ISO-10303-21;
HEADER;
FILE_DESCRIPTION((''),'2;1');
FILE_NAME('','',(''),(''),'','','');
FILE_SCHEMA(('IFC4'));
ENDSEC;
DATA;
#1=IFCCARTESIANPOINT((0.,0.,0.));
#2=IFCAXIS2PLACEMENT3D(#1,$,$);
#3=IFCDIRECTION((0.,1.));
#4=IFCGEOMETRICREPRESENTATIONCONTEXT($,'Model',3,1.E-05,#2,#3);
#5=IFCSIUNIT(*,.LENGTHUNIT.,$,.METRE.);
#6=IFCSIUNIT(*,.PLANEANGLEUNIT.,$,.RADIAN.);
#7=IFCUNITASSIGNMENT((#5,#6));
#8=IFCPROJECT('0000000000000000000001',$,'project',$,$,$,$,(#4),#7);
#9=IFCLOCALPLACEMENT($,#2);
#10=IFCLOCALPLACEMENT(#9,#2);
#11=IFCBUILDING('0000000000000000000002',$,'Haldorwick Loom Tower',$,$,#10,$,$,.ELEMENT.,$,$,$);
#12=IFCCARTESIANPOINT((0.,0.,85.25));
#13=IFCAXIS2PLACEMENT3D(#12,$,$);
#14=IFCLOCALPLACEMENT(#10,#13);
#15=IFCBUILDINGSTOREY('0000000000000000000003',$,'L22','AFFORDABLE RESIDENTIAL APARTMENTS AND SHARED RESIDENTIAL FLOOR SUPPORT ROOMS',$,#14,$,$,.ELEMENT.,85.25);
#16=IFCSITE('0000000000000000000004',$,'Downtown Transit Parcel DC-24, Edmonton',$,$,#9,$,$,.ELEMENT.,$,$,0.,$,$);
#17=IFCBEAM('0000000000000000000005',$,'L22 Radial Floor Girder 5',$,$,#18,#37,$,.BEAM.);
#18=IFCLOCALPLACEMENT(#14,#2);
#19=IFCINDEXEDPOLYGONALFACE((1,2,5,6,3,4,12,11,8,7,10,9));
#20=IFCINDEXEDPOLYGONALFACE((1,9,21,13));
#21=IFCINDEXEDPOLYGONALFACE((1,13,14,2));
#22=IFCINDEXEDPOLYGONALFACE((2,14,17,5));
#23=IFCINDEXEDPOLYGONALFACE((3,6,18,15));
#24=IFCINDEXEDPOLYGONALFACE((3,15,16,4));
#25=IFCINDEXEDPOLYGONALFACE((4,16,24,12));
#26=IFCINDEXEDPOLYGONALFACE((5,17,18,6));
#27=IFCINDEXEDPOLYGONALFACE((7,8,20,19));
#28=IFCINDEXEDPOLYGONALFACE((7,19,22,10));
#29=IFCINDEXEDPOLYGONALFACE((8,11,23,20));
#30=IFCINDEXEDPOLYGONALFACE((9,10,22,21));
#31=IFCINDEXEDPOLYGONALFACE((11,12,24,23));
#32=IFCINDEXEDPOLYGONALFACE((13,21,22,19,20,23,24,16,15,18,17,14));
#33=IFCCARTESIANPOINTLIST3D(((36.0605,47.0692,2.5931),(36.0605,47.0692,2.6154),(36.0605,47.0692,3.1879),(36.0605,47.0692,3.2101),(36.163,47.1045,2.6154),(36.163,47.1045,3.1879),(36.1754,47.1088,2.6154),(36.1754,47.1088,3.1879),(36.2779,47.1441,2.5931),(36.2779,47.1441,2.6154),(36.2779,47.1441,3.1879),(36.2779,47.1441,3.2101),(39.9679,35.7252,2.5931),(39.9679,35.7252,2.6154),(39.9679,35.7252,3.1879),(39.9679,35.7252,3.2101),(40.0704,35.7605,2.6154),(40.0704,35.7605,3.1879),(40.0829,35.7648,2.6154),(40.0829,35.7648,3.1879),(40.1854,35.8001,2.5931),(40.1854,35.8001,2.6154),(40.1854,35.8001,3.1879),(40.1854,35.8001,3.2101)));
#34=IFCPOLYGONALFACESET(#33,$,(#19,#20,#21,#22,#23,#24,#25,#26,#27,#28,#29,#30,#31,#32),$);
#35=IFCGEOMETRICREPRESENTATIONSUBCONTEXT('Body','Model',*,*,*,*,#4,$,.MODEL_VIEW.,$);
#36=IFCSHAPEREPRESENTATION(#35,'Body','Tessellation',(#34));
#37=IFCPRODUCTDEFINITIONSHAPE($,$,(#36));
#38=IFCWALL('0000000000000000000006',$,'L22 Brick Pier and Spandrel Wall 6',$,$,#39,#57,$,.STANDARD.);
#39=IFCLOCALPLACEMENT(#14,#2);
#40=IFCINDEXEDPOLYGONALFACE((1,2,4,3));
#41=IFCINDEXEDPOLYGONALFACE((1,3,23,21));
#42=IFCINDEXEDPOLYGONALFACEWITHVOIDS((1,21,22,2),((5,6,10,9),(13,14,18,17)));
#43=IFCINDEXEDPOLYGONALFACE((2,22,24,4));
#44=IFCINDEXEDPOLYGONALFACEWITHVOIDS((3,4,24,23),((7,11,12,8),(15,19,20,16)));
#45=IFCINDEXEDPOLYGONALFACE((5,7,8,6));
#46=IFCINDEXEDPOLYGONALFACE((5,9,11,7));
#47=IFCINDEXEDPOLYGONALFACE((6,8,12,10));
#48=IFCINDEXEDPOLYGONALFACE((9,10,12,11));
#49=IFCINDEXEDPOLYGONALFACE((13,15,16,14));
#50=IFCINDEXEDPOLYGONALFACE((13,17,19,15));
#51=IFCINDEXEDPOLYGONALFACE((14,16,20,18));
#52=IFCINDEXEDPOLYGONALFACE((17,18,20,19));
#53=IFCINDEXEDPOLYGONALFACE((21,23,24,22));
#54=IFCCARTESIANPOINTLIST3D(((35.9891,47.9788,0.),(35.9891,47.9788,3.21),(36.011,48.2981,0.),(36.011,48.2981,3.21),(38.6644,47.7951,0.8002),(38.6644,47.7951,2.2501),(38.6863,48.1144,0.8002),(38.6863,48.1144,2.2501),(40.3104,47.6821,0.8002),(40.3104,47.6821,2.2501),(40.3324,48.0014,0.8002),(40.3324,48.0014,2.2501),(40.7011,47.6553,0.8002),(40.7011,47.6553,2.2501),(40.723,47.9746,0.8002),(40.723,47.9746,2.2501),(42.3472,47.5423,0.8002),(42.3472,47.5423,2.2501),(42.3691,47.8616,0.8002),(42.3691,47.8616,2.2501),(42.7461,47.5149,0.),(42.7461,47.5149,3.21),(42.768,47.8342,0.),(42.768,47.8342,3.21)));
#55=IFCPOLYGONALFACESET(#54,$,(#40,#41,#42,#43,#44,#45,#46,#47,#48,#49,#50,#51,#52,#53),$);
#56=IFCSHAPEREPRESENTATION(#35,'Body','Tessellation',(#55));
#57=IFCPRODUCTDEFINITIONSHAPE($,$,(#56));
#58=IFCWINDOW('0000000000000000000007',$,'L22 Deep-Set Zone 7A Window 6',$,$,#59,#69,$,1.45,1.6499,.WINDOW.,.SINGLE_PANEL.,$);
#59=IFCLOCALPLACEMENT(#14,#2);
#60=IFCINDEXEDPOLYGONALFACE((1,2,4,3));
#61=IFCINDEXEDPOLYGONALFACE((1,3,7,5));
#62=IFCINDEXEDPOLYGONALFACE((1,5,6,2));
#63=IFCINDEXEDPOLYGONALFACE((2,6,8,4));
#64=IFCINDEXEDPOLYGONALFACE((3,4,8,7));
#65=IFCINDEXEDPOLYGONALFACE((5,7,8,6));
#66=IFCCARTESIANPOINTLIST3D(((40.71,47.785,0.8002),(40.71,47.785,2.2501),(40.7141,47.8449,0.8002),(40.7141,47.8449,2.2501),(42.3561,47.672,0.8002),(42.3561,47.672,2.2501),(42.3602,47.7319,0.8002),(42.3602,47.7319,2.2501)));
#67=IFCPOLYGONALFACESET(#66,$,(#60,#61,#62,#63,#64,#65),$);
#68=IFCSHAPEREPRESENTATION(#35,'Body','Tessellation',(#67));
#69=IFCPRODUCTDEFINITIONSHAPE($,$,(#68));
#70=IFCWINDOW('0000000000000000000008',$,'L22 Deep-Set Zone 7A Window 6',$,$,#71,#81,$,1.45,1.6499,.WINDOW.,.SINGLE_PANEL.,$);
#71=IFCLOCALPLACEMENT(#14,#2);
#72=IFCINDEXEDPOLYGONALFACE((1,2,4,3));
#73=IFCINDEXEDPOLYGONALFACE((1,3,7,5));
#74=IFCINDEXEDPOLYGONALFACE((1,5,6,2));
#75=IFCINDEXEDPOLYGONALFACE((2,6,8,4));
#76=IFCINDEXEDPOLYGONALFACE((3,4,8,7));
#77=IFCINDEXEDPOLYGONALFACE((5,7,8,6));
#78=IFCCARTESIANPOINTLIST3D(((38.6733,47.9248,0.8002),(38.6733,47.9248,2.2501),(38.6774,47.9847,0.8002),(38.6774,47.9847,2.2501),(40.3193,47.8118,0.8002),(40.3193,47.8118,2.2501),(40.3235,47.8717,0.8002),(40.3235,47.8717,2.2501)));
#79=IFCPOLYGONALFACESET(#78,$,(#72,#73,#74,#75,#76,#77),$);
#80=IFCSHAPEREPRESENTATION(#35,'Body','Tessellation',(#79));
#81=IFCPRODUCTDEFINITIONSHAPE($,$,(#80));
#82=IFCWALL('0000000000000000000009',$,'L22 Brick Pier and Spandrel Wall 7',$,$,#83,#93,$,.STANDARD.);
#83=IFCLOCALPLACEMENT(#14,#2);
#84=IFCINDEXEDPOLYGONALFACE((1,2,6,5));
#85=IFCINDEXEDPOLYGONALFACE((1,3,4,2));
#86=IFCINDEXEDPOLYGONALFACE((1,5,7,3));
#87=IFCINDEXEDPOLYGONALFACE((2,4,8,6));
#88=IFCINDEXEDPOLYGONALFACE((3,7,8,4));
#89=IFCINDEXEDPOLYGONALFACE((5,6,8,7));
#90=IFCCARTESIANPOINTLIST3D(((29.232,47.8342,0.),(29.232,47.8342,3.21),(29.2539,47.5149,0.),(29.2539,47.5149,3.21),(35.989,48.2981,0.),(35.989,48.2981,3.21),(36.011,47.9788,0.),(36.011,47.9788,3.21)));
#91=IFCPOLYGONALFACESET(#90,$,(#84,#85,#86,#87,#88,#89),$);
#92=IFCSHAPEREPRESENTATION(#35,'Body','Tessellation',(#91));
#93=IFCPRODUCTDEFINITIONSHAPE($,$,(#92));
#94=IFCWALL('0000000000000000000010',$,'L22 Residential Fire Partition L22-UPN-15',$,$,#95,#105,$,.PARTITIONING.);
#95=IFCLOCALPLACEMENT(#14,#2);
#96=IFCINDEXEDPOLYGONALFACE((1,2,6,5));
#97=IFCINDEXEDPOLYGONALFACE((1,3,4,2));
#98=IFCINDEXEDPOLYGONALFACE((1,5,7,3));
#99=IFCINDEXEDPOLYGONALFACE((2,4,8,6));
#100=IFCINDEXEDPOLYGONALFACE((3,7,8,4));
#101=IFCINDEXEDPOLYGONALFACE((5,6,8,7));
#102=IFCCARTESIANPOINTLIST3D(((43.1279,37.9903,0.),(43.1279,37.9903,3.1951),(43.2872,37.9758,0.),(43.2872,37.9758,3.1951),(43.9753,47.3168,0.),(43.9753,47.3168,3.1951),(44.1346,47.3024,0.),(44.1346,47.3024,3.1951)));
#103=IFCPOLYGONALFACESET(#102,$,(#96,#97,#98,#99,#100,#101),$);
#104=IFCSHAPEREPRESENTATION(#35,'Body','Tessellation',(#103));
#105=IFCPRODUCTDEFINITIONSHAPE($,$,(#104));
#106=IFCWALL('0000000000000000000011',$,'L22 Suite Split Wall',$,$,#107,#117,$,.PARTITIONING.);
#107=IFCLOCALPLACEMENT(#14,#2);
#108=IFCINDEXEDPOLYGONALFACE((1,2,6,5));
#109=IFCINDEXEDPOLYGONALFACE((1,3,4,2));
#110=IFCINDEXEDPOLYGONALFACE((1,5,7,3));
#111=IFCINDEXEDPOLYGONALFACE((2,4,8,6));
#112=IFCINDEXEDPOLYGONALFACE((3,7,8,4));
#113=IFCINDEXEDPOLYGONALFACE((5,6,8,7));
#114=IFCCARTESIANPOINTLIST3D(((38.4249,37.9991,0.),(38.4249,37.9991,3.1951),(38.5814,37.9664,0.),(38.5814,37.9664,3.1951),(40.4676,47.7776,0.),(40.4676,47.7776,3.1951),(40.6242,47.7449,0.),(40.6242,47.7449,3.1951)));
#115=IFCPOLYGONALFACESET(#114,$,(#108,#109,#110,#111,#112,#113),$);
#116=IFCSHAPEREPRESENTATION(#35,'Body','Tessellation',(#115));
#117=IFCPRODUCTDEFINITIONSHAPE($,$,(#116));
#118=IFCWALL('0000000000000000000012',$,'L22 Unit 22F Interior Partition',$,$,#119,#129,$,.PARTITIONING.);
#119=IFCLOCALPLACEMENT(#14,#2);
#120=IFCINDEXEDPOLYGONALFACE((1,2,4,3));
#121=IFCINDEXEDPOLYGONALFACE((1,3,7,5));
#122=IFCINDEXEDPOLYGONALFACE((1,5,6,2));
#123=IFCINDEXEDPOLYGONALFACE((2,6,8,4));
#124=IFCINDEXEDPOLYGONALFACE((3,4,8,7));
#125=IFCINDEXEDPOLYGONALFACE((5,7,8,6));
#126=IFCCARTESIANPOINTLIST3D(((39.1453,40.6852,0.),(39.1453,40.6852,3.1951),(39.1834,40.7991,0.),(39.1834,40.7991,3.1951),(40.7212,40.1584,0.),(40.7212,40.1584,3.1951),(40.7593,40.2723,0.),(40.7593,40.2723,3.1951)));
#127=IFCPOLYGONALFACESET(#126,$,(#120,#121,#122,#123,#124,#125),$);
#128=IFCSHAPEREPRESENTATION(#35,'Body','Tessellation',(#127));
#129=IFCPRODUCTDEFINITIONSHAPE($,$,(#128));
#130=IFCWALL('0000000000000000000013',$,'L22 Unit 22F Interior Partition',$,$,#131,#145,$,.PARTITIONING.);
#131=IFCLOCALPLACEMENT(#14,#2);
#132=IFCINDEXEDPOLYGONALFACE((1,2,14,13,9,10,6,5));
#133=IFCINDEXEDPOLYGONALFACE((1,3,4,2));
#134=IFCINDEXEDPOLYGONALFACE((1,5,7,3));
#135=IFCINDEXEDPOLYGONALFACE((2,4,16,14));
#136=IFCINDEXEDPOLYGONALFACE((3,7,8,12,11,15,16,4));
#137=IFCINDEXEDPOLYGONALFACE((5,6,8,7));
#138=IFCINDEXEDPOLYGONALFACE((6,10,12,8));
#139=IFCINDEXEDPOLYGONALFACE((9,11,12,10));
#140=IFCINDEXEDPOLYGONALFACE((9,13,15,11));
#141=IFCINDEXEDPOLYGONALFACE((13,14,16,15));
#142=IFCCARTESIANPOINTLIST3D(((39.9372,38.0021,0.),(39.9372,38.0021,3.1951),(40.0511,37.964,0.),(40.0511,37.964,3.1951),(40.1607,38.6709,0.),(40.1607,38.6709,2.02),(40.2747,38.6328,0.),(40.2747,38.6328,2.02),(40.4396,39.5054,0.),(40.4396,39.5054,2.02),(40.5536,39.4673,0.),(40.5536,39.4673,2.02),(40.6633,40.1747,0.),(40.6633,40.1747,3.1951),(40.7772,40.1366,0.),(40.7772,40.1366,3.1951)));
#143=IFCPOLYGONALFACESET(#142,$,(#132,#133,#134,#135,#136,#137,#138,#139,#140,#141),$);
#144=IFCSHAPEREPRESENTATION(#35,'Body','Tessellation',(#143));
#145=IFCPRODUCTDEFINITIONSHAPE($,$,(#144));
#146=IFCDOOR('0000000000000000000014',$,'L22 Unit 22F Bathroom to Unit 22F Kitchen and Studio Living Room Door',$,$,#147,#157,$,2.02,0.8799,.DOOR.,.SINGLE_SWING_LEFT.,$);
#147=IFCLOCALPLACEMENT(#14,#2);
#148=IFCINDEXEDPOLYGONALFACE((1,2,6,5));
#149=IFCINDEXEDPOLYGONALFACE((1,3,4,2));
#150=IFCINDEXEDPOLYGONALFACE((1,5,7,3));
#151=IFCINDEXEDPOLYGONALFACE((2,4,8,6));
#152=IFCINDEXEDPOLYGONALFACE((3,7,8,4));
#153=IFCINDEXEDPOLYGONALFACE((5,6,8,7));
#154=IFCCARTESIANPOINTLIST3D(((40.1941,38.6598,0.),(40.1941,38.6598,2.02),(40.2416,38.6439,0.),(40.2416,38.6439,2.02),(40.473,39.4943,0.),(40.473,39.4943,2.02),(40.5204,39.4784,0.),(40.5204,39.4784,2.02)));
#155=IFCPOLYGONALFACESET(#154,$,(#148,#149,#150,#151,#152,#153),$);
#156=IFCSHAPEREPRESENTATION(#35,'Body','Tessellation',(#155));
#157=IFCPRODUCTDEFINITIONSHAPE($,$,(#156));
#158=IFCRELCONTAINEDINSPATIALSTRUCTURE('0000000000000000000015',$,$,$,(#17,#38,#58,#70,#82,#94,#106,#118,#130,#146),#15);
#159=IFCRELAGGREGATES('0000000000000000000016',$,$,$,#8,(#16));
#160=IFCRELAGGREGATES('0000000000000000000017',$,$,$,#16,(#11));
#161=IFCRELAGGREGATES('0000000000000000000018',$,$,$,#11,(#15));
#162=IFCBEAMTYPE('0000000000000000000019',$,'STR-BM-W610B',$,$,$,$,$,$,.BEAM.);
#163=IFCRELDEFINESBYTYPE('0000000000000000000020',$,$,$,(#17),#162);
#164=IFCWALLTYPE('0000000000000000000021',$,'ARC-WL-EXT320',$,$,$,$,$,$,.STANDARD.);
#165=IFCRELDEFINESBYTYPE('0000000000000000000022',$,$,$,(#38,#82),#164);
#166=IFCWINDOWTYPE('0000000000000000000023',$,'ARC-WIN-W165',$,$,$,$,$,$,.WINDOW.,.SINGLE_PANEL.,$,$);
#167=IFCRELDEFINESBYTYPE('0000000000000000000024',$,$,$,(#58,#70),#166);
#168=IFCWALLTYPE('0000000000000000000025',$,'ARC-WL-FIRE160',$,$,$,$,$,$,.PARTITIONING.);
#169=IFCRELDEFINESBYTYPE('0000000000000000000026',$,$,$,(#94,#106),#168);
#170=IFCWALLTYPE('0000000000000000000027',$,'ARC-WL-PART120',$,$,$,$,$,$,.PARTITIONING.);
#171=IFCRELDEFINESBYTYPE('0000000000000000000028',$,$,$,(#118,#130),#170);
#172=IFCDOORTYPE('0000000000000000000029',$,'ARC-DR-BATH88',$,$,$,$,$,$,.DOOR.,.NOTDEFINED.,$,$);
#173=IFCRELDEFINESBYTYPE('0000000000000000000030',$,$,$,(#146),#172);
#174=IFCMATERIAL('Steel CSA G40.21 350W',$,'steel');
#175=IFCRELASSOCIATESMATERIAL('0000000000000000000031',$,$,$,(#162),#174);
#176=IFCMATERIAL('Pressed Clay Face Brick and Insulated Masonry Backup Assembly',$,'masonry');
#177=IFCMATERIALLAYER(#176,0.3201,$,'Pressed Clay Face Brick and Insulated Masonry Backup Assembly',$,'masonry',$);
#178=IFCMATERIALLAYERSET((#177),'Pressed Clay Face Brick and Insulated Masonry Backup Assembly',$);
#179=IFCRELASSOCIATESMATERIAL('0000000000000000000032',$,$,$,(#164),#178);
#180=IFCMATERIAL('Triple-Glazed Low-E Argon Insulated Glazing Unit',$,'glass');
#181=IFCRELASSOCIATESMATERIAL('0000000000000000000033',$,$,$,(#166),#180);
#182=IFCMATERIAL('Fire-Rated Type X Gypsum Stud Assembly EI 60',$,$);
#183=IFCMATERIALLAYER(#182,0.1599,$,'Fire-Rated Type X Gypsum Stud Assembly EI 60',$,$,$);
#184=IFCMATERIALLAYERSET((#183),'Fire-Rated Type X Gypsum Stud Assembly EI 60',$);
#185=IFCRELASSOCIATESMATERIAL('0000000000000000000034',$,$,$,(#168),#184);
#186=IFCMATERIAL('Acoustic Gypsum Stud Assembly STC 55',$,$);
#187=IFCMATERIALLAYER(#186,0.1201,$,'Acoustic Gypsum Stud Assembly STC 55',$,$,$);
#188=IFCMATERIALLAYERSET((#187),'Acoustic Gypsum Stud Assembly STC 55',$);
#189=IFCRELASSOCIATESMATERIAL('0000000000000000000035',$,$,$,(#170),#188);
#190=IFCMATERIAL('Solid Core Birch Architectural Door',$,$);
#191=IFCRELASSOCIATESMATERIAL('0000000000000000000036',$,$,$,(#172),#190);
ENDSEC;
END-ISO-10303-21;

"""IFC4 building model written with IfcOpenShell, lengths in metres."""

from ifc_helpers import new_model, si_unit, direction, frame, frame_2d, origin, origin_2d, place, context, subcontext, project, spatial, rectangle, i_section, extrude, material, layer, layer_set, material_profile, profile_set, type_object, element, fill, save


model = new_model("IFC4")

# Units and contexts
model_context = context("Model", 3, precision=1e-05, world=origin(), true_north=direction((0.0, 1.0)))
body_context = subcontext(model_context, "Body", "Model", "MODEL_VIEW")
ifc_project = project(units=[si_unit("LENGTHUNIT", "METRE"), si_unit("PLANEANGLEUNIT", "RADIAN")], contexts=[model_context])

# Site, building, storey
site_placement = place(None, origin())
site = spatial("IfcSite", under=ifc_project, at=site_placement, Name="Downtown Transit Parcel DC-24, Edmonton", CompositionType="ELEMENT", RefElevation=0.0)
building_placement = place(site_placement, origin())
building = spatial("IfcBuilding", under=site, at=building_placement, Name="Haldorwick Loom Tower", CompositionType="ELEMENT")
storey_placement = place(building_placement, frame((0.0, 0.0, 85.25)))
storey = spatial("IfcBuildingStorey", under=building, at=storey_placement, Name="L22", Description="AFFORDABLE RESIDENTIAL APARTMENTS AND SHARED RESIDENTIAL FLOOR SUPPORT ROOMS", CompositionType="ELEMENT", Elevation=85.25)

# Beam
ifc_material_1 = material(Name="Steel CSA G40.21 350W", Category="steel")
ifc_material_profile_1 = material_profile(ifc_material_1, i_section(OverallWidth=0.23, OverallDepth=0.6169, WebThickness=0.0132, FlangeThickness=0.0222, at=origin_2d()), Name="W610X140", Category="steel")
ifc_profile_set_1 = profile_set([ifc_material_profile_1], Name="Steel CSA G40.21 350W")
beam_type_1 = type_object("IfcBeamType", Name="STR-BM-W610B", PredefinedType="BEAM", material=ifc_profile_set_1)
beam_1_placement = place(storey_placement, frame((40.0767, 35.7627, 2.9016), z_axis=(-0.325674, 0.945482, 0.0), x_axis=(-0.945482, -0.325674, 0.0)))
element("IfcBeam", 1, at=beam_1_placement, inside=storey, type_object=beam_type_1, Name="L22 Radial Floor Girder 5", PredefinedType="BEAM", context=body_context, shape_type="SweptSolid", body=[
    extrude(i_section(OverallWidth=0.23, OverallDepth=0.6169, WebThickness=0.0132, FlangeThickness=0.0222, at=origin_2d()), origin(), (0.0, 0.0, 1.0), 11.998),
])

# Wall, openings, windows
ifc_material_2 = material(Name="Pressed Clay Face Brick and Insulated Masonry Backup Assembly", Category="masonry")
ifc_layer_1 = layer(ifc_material_2, 0.3201, Name="Pressed Clay Face Brick and Insulated Masonry Backup Assembly", Category="masonry")
ifc_layer_set_1 = layer_set([ifc_layer_1], Name="Pressed Clay Face Brick and Insulated Masonry Backup Assembly")
wall_type_1 = type_object("IfcWallType", Name="ARC-WL-EXT320", PredefinedType="STANDARD", material=ifc_layer_set_1)
wall_1_placement = place(storey_placement, frame((42.7571, 47.6746, 0.0), z_axis=(0.0, 0.0, 1.0), x_axis=(-0.997652, 0.068488, 0.0)))
wall_1 = element("IfcWall", 2, at=wall_1_placement, inside=storey, type_object=wall_type_1, Name="L22 Brick Pier and Spandrel Wall 6", PredefinedType="STANDARD", context=body_context, shape_type="SweptSolid", body=[
    extrude(rectangle(XDim=6.7729, YDim=0.3201, at=frame_2d((3.3865, 0.0))), origin(), (0.0, 0.0, 1.0), 3.21),
])
opening_1_placement = place(wall_1_placement, frame((0.3999, 0.0, 0.8)))
opening_1 = element("IfcOpeningElement", 3, at=opening_1_placement, cuts=wall_1, PredefinedType="OPENING", context=body_context, shape_type="SweptSolid", body=[
    extrude(rectangle(XDim=1.6499, YDim=1.45, at=frame_2d((0.825, 0.7251))), frame((0.0, 0.1699, 0.0), z_axis=(0.0, -1.0, 0.0), x_axis=(1.0, 0.0, 0.0)), (0.0, 0.0, 1.0), 0.3401),
])
opening_2_placement = place(wall_1_placement, frame((2.4414, 0.0, 0.8)))
opening_2 = element("IfcOpeningElement", 4, at=opening_2_placement, cuts=wall_1, PredefinedType="OPENING", context=body_context, shape_type="SweptSolid", body=[
    extrude(rectangle(XDim=1.6499, YDim=1.45, at=frame_2d((0.825, 0.7251))), frame((0.0, 0.1699, 0.0), z_axis=(0.0, -1.0, 0.0), x_axis=(1.0, 0.0, 0.0)), (0.0, 0.0, 1.0), 0.3401),
])
ifc_material_3 = material(Name="Triple-Glazed Low-E Argon Insulated Glazing Unit", Category="glass")
window_type = type_object("IfcWindowType", Name="ARC-WIN-W165", PartitioningType="SINGLE_PANEL", PredefinedType="WINDOW", material=ifc_material_3)
window_1_placement = place(opening_1_placement, origin())
window_1 = element("IfcWindow", 5, at=window_1_placement, inside=storey, type_object=window_type, Name="L22 Deep-Set Zone 7A Window 6", OverallHeight=1.45, OverallWidth=1.6499, PartitioningType="SINGLE_PANEL", PredefinedType="WINDOW", context=body_context, shape_type="SweptSolid", body=[
    extrude(rectangle(XDim=1.6499, YDim=1.45, at=frame_2d((0.825, 0.7251))), frame((0.0, 0.03, 0.0), z_axis=(0.0, -1.0, 0.0), x_axis=(1.0, 0.0, 0.0)), (0.0, 0.0, 1.0), 0.0601),
])
fill(opening_1, window_1)
window_2_placement = place(opening_2_placement, origin())
window_2 = element("IfcWindow", 6, at=window_2_placement, inside=storey, type_object=window_type, Name="L22 Deep-Set Zone 7A Window 6", OverallHeight=1.45, OverallWidth=1.6499, PartitioningType="SINGLE_PANEL", PredefinedType="WINDOW", context=body_context, shape_type="SweptSolid", body=[
    extrude(rectangle(XDim=1.6499, YDim=1.45, at=frame_2d((0.825, 0.7251))), frame((0.0, 0.03, 0.0), z_axis=(0.0, -1.0, 0.0), x_axis=(1.0, 0.0, 0.0)), (0.0, 0.0, 1.0), 0.0601),
])
fill(opening_2, window_2)

# Walls
wall_2_placement = place(storey_placement, frame((36.0, 48.1384, 0.0), z_axis=(0.0, 0.0, 1.0), x_axis=(-0.997652, -0.068488, 0.0)))
element("IfcWall", 7, at=wall_2_placement, inside=storey, type_object=wall_type_1, Name="L22 Brick Pier and Spandrel Wall 7", PredefinedType="STANDARD", context=body_context, shape_type="SweptSolid", body=[
    extrude(rectangle(XDim=6.7729, YDim=0.3201, at=frame_2d((3.3865, 0.0))), origin(), (0.0, 0.0, 1.0), 3.21),
])
ifc_material_4 = material(Name="Fire-Rated Type X Gypsum Stud Assembly EI 60")
ifc_layer_2 = layer(ifc_material_4, 0.1599, Name="Fire-Rated Type X Gypsum Stud Assembly EI 60")
ifc_layer_set_2 = layer_set([ifc_layer_2], Name="Fire-Rated Type X Gypsum Stud Assembly EI 60")
wall_type_2 = type_object("IfcWallType", Name="ARC-WL-FIRE160", PredefinedType="PARTITIONING", material=ifc_layer_set_2)
wall_3_placement = place(storey_placement, frame((43.2075, 37.9829, 0.0), z_axis=(0.0, 0.0, 1.0), x_axis=(0.090486, 0.995898, 0.0)))
element("IfcWall", 8, at=wall_3_placement, inside=storey, type_object=wall_type_2, Name="L22 Residential Fire Partition L22-UPN-15", PredefinedType="PARTITIONING", context=body_context, shape_type="SweptSolid", body=[
    extrude(rectangle(XDim=9.365, YDim=0.1599, at=frame_2d((4.6826, 0.0))), origin(), (0.0, 0.0, 1.0), 3.1951),
])
wall_4_placement = place(storey_placement, frame((38.5032, 37.9829, 0.0), z_axis=(0.0, 0.0, 1.0), x_axis=(0.204489, 0.978869, 0.0)))
element("IfcWall", 9, at=wall_4_placement, inside=storey, type_object=wall_type_2, Name="L22 Suite Split Wall", PredefinedType="PARTITIONING", context=body_context, shape_type="SweptSolid", body=[
    extrude(rectangle(XDim=9.9895, YDim=0.1599, at=frame_2d((4.9946, 0.0))), origin(), (0.0, 0.0, 1.0), 3.1951),
])
ifc_material_5 = material(Name="Acoustic Gypsum Stud Assembly STC 55")
ifc_layer_3 = layer(ifc_material_5, 0.1201, Name="Acoustic Gypsum Stud Assembly STC 55")
ifc_layer_set_3 = layer_set([ifc_layer_3], Name="Acoustic Gypsum Stud Assembly STC 55")
wall_type_3 = type_object("IfcWallType", Name="ARC-WL-PART120", PredefinedType="PARTITIONING", material=ifc_layer_set_3)
wall_5_placement = place(storey_placement, frame((40.7402, 40.2153, 0.0), z_axis=(0.0, 0.0, 1.0), x_axis=(-0.948404, 0.317065, 0.0)))
element("IfcWall", 10, at=wall_5_placement, inside=storey, type_object=wall_type_3, Name="L22 Unit 22F Interior Partition", PredefinedType="PARTITIONING", context=body_context, shape_type="SweptSolid", body=[
    extrude(rectangle(XDim=1.6616, YDim=0.1201, at=frame_2d((0.8308, 0.0))), origin(), (0.0, 0.0, 1.0), 3.1951),
])

# Wall, opening, door
wall_6_placement = place(storey_placement, frame((39.9941, 37.9829, 0.0), z_axis=(0.0, 0.0, 1.0), x_axis=(0.316963, 0.948438, 0.0)))
wall_6 = element("IfcWall", 11, at=wall_6_placement, inside=storey, type_object=wall_type_3, Name="L22 Unit 22F Interior Partition", PredefinedType="PARTITIONING", context=body_context, shape_type="SweptSolid", body=[
    extrude(rectangle(XDim=2.2908, YDim=0.1201, at=frame_2d((1.1455, 0.0))), origin(), (0.0, 0.0, 1.0), 3.1951),
])
opening_3_placement = place(wall_6_placement, frame((0.7053, 0.0, 0.0)))
opening_3 = element("IfcOpeningElement", 12, at=opening_3_placement, cuts=wall_6, PredefinedType="OPENING", context=body_context, shape_type="SweptSolid", body=[
    extrude(rectangle(XDim=0.8799, YDim=2.02, at=frame_2d((0.4399, 1.01))), frame((0.0, 0.0701, 0.0), z_axis=(0.0, -1.0, 0.0), x_axis=(1.0, 0.0, 0.0)), (0.0, 0.0, 1.0), 0.1401),
])
ifc_material_6 = material(Name="Solid Core Birch Architectural Door")
door_type = type_object("IfcDoorType", Name="ARC-DR-BATH88", OperationType="NOTDEFINED", PredefinedType="DOOR", material=ifc_material_6)
door_placement = place(opening_3_placement, origin())
door = element("IfcDoor", 13, at=door_placement, inside=storey, type_object=door_type, Name="L22 Unit 22F Bathroom to Unit 22F Kitchen and Studio Living Room Door", OperationType="SINGLE_SWING_LEFT", OverallHeight=2.02, OverallWidth=0.8799, PredefinedType="DOOR", context=body_context, shape_type="SweptSolid", body=[
    extrude(rectangle(XDim=0.8799, YDim=2.02, at=frame_2d((0.4399, 1.01))), frame((0.0, 0.0249, 0.0), z_axis=(0.0, -1.0, 0.0), x_axis=(1.0, 0.0, 0.0)), (0.0, 0.0, 1.0), 0.05),
])
fill(opening_3, door)

save(model, "model.ifc")
